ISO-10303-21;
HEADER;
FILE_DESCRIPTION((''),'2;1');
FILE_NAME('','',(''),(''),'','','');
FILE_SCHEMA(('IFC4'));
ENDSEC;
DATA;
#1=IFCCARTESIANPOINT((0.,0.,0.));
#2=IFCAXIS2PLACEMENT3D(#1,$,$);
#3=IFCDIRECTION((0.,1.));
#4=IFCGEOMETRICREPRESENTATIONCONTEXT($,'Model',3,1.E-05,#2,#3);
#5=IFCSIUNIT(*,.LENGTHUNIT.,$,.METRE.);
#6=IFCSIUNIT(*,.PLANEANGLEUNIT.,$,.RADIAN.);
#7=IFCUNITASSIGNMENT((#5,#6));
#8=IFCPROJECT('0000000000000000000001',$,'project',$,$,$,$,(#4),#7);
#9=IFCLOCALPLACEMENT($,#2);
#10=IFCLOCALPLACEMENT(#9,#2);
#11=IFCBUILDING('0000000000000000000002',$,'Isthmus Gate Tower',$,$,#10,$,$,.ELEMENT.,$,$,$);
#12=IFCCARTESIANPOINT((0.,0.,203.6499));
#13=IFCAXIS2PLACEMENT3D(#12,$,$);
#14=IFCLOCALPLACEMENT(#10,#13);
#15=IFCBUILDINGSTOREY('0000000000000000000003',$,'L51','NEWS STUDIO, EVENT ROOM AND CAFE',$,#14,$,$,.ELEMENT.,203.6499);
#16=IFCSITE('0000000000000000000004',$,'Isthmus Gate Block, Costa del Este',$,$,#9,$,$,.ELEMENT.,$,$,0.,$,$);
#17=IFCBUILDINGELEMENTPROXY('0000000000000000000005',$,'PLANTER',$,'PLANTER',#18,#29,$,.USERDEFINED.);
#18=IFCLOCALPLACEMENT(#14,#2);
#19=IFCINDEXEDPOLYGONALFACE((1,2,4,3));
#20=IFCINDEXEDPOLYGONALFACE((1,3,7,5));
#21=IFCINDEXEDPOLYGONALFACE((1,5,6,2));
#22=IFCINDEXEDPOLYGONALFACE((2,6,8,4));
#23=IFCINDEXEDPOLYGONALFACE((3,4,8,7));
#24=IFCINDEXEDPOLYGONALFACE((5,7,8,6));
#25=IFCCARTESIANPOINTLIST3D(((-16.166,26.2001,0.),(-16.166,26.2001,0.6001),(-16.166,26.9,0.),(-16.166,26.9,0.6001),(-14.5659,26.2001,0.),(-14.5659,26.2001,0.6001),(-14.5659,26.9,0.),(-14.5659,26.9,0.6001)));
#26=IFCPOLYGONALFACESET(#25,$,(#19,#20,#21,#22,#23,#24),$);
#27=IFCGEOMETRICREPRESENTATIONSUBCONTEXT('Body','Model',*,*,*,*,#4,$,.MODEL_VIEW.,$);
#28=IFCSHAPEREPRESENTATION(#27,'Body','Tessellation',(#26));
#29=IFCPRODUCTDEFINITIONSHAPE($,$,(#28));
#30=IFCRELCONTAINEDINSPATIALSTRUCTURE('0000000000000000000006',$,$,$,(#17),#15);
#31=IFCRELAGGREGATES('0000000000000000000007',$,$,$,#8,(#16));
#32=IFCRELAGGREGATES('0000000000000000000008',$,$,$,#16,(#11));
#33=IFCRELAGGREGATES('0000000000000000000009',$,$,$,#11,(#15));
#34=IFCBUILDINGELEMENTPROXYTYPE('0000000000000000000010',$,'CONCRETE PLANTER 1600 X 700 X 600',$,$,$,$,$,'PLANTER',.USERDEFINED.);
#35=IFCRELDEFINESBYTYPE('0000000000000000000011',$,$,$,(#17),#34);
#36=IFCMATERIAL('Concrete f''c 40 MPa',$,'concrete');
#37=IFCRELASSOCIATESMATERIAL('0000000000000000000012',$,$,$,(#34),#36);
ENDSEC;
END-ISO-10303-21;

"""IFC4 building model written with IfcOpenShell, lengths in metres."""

from ifc_helpers import new_model, si_unit, direction, frame, origin, origin_2d, place, context, subcontext, project, spatial, rectangle, extrude, material, type_object, element, save


model = new_model("IFC4")

# Units and contexts
model_context = context("Model", 3, precision=1e-05, world=origin(), true_north=direction((0.0, 1.0)))
body_context = subcontext(model_context, "Body", "Model", "MODEL_VIEW")
ifc_project = project(units=[si_unit("LENGTHUNIT", "METRE"), si_unit("PLANEANGLEUNIT", "RADIAN")], contexts=[model_context])

# Site, building, storey
site_placement = place(None, origin())
site = spatial("IfcSite", under=ifc_project, at=site_placement, Name="Isthmus Gate Block, Costa del Este", CompositionType="ELEMENT", RefElevation=0.0)
building_placement = place(site_placement, origin())
building = spatial("IfcBuilding", under=site, at=building_placement, Name="Isthmus Gate Tower", CompositionType="ELEMENT")
storey_placement = place(building_placement, frame((0.0, 0.0, 203.6499)))
storey = spatial("IfcBuildingStorey", under=building, at=storey_placement, Name="L51", Description="NEWS STUDIO, EVENT ROOM AND CAFE", CompositionType="ELEMENT", Elevation=203.6499)

# Building element proxy
ifc_material_1 = material(Name="Concrete f'c 40 MPa", Category="concrete")
building_element_proxy_type = type_object("IfcBuildingElementProxyType", Name="CONCRETE PLANTER 1600 X 700 X 600", ElementType="PLANTER", PredefinedType="USERDEFINED", material=ifc_material_1)
proxy_placement = place(storey_placement, frame((-15.366, 26.55, 0.0), z_axis=(0.0, 0.0, 1.0), x_axis=(-1.0, 0.0, 0.0)))
element("IfcBuildingElementProxy", 1, at=proxy_placement, inside=storey, type_object=building_element_proxy_type, Name="PLANTER", ObjectType="PLANTER", PredefinedType="USERDEFINED", context=body_context, shape_type="SweptSolid", body=[
    extrude(rectangle(XDim=1.6001, YDim=0.7, at=origin_2d()), origin(), (0.0, 0.0, 1.0), 0.6001),
])

save(model, "model.ifc")
